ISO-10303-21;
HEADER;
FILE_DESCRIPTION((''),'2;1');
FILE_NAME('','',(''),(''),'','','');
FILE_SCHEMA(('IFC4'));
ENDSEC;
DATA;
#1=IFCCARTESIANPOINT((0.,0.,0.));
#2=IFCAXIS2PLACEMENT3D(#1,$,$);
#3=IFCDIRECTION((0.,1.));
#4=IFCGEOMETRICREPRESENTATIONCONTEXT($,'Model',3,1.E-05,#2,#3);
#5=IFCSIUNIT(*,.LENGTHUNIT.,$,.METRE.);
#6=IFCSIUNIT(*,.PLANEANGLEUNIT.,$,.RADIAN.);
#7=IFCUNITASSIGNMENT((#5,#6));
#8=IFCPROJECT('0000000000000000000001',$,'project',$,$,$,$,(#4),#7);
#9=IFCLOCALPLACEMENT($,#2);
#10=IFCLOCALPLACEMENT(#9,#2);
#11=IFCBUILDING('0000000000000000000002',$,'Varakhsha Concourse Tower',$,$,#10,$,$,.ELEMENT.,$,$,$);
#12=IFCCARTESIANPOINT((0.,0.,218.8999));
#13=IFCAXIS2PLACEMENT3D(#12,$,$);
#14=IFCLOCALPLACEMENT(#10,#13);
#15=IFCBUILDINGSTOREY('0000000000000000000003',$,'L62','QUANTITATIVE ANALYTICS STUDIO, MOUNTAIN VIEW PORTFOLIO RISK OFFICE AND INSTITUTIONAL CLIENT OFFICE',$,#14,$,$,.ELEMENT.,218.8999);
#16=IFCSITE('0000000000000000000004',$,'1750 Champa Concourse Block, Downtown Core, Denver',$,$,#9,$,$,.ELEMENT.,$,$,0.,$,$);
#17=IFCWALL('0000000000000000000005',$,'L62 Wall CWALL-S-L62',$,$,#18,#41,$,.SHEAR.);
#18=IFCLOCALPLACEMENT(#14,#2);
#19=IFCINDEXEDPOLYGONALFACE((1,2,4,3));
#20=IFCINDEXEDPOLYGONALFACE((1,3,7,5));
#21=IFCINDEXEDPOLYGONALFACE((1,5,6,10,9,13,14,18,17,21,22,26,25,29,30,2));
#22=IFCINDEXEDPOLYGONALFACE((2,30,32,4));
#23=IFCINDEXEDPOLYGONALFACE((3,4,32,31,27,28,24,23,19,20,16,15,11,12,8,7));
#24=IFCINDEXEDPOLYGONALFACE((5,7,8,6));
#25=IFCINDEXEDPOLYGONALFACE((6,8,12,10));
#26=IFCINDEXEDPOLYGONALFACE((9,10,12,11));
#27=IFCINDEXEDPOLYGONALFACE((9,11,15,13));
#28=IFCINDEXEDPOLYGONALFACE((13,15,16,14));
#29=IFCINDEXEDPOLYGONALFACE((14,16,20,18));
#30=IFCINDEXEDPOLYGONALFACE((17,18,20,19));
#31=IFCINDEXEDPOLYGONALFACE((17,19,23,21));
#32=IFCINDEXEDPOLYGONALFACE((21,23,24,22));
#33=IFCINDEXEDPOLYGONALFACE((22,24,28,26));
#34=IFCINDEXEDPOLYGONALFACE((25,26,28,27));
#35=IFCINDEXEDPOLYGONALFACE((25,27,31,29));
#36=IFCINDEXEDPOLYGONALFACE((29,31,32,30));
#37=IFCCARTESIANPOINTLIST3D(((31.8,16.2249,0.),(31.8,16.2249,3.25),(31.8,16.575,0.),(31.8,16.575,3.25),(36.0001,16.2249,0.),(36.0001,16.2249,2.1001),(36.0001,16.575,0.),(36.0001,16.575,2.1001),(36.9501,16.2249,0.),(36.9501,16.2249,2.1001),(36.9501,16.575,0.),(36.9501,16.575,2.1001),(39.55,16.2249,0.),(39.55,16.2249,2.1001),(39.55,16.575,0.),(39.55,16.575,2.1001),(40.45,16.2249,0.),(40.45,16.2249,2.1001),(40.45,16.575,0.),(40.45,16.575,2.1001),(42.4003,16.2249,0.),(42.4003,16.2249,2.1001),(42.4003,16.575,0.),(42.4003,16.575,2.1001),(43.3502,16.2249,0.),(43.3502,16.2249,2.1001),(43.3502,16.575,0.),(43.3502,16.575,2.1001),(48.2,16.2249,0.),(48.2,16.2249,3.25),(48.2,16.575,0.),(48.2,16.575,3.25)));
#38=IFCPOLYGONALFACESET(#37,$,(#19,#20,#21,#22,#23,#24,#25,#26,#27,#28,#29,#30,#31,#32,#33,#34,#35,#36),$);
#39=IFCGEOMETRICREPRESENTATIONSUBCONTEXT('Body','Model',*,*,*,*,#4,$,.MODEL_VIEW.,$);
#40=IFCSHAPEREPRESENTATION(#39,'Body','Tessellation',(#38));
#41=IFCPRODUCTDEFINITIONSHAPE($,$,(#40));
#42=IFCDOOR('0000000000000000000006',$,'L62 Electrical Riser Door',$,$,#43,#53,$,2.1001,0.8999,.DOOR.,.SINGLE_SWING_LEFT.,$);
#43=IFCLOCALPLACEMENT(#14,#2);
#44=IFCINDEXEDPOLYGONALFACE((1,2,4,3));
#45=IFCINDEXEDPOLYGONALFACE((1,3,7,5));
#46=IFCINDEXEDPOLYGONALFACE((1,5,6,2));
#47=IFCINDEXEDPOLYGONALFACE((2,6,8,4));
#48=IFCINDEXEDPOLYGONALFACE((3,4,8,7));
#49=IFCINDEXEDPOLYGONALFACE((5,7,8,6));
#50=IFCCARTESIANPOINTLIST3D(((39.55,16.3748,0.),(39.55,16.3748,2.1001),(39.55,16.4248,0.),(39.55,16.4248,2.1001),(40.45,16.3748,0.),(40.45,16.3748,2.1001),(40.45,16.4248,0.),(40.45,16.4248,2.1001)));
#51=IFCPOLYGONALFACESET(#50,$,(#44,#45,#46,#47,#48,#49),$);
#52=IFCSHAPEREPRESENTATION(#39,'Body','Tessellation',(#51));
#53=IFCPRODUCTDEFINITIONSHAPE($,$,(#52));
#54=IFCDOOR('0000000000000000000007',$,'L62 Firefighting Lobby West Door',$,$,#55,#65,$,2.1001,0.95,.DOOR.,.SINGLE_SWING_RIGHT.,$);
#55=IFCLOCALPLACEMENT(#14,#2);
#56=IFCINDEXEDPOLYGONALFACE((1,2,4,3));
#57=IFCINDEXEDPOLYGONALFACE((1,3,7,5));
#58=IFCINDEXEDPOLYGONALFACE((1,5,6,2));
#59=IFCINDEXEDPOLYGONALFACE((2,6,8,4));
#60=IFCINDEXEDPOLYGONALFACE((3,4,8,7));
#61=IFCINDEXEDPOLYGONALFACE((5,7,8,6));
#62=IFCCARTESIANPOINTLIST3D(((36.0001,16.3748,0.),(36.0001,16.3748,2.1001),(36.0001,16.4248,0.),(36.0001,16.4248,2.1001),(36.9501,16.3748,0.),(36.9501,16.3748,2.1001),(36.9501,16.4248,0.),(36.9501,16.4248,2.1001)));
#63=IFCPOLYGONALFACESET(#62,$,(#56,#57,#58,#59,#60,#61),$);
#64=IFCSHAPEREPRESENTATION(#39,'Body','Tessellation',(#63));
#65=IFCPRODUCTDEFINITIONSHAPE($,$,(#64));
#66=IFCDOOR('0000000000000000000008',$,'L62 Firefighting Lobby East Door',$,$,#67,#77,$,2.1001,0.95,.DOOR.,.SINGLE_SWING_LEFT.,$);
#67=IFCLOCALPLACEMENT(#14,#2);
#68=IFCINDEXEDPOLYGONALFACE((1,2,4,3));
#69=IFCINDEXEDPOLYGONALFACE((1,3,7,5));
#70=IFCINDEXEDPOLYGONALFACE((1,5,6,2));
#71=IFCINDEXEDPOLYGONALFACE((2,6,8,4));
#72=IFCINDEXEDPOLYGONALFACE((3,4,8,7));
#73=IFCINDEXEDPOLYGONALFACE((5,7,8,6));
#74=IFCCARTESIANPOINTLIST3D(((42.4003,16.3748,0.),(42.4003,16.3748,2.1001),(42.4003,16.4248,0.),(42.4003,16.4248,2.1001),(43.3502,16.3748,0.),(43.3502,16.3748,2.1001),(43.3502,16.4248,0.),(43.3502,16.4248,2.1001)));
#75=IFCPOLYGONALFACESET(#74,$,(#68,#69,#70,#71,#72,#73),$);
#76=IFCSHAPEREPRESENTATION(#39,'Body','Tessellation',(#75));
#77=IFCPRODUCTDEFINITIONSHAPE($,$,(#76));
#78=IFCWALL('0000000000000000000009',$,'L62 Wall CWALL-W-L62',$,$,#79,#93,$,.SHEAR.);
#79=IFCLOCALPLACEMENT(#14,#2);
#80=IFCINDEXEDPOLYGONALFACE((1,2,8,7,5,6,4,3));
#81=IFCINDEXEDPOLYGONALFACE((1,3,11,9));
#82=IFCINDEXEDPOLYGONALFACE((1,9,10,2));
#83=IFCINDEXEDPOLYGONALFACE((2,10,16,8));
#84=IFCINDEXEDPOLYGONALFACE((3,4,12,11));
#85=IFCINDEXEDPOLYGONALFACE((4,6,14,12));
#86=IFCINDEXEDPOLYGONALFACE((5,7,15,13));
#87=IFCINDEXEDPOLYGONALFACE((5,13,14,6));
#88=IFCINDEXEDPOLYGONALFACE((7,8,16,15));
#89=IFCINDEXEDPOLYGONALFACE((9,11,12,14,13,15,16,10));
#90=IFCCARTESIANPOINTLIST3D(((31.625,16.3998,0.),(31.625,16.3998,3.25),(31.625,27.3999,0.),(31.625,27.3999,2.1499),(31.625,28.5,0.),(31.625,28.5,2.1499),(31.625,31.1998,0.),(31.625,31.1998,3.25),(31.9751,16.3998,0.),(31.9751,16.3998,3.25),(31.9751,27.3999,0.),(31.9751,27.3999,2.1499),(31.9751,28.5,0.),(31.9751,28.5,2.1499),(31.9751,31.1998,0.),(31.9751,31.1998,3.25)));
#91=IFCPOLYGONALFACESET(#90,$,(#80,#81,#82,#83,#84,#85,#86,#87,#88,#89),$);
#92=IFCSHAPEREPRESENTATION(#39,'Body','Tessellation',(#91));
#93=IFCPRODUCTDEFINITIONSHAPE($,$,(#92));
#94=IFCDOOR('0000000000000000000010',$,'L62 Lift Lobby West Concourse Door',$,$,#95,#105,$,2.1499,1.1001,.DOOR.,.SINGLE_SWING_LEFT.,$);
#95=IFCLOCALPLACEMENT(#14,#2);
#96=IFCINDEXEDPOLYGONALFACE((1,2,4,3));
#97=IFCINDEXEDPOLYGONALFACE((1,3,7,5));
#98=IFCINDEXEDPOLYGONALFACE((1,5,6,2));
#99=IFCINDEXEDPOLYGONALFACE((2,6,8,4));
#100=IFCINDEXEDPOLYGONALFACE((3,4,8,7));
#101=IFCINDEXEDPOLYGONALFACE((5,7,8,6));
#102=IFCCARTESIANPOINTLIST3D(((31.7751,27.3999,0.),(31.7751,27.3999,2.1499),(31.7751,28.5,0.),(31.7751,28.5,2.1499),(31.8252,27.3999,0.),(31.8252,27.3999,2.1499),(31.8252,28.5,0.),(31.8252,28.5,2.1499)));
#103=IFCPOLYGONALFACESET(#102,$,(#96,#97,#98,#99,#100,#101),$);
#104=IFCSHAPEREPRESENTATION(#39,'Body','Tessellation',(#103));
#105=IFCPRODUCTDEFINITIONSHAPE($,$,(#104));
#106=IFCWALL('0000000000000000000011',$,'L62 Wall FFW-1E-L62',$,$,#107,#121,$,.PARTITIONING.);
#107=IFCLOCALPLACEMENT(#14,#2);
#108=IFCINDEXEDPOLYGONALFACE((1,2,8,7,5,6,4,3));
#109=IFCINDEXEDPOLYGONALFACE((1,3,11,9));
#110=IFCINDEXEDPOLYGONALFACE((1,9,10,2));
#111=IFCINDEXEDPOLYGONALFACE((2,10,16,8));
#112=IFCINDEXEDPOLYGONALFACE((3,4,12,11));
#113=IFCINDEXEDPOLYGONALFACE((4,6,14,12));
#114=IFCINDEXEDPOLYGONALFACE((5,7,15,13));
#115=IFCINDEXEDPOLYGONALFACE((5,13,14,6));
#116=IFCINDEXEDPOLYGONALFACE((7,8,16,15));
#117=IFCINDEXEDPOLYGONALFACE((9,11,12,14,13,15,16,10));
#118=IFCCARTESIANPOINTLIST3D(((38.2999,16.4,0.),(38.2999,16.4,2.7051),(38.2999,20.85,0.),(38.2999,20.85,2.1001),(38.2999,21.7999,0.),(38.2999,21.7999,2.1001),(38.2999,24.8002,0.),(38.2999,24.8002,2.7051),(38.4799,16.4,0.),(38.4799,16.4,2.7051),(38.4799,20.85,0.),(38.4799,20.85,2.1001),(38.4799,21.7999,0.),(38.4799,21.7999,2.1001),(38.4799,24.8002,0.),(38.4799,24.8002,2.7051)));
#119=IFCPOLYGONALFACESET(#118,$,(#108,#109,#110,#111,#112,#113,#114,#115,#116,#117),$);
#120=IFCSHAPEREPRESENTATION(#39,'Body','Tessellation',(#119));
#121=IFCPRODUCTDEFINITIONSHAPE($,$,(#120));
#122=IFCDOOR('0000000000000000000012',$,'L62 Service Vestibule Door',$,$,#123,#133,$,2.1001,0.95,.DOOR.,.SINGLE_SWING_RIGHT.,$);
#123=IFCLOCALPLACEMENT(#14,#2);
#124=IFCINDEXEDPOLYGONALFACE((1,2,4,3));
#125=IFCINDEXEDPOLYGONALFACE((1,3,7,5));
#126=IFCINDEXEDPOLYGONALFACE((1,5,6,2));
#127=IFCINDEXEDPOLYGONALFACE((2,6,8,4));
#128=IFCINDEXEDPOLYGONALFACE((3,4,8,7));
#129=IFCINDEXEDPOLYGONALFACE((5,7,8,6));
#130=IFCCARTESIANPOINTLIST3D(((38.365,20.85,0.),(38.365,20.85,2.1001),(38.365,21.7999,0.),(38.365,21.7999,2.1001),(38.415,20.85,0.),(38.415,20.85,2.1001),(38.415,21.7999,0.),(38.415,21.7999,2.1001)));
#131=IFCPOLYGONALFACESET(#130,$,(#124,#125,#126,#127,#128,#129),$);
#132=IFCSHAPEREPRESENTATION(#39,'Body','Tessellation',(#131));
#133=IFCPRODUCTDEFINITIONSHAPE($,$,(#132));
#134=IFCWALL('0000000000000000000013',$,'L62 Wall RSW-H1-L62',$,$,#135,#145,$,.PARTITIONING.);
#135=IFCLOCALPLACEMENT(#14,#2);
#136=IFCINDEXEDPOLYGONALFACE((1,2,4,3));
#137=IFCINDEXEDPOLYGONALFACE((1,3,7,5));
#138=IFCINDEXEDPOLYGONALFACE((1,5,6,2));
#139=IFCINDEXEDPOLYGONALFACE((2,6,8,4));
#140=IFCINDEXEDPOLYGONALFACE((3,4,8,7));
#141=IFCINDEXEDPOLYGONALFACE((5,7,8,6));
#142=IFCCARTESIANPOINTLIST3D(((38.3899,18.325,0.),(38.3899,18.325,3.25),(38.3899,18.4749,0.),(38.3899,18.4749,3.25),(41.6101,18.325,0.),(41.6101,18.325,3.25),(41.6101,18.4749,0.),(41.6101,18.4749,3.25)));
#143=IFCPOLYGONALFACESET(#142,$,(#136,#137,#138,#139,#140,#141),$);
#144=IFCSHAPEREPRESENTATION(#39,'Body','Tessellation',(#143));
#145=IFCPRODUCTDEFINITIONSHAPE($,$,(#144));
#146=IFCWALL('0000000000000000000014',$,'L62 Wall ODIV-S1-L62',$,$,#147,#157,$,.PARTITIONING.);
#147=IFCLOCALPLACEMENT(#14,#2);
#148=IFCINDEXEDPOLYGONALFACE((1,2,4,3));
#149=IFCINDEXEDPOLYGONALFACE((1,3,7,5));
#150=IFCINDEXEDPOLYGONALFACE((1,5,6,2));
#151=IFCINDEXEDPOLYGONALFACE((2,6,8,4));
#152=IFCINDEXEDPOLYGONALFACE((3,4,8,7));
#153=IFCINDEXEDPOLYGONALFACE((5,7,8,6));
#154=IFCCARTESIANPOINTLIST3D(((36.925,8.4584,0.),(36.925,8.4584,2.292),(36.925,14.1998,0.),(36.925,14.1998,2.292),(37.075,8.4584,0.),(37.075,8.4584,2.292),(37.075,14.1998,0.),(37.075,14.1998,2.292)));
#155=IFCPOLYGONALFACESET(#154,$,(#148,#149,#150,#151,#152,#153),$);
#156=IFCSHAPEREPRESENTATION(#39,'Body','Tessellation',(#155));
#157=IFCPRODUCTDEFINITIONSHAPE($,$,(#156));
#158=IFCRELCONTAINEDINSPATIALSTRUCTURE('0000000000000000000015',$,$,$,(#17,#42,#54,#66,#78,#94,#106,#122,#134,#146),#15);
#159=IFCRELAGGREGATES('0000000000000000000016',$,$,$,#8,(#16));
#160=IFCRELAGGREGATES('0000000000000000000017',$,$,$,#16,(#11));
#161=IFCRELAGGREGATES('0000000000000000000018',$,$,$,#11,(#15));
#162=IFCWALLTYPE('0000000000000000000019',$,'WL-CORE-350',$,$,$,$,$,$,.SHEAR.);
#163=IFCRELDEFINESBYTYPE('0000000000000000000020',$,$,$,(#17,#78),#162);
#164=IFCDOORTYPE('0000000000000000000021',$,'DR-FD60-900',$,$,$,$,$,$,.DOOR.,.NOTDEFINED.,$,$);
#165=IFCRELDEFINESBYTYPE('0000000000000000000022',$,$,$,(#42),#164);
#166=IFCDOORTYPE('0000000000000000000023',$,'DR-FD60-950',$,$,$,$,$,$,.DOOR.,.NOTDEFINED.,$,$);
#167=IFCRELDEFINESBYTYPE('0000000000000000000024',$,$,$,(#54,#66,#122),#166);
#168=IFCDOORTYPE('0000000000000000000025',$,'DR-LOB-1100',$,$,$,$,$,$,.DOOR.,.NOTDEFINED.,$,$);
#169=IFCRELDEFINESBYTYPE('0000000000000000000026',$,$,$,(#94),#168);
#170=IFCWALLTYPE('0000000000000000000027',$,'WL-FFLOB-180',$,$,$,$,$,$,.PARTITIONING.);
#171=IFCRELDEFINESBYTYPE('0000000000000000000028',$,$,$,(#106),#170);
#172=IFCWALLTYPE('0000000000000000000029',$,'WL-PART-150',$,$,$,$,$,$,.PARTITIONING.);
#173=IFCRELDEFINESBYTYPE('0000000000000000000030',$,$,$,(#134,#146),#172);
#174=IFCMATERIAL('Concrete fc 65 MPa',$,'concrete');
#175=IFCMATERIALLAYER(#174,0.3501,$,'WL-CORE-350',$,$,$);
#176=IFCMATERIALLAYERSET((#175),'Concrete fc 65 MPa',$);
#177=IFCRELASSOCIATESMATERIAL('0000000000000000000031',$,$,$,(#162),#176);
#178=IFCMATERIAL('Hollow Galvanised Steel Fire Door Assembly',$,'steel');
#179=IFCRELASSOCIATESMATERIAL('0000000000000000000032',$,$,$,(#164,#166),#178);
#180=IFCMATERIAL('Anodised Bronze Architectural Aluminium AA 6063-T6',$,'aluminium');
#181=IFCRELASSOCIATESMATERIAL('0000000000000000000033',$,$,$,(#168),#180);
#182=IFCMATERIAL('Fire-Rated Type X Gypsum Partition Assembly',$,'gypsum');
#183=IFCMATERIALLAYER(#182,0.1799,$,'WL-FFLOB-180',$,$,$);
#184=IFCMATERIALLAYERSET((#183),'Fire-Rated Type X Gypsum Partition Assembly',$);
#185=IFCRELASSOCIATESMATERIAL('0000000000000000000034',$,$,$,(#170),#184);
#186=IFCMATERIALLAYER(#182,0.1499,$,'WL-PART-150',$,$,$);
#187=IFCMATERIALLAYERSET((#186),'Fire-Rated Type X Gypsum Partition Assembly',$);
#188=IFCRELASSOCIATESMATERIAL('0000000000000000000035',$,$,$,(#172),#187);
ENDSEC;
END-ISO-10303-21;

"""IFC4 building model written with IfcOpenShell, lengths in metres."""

from ifc_helpers import new_model, si_unit, direction, frame, frame_2d, origin, place, context, subcontext, project, spatial, rectangle, extrude, material, layer, layer_set, type_object, element, fill, save


model = new_model("IFC4")

# Units and contexts
model_context = context("Model", 3, precision=1e-05, world=origin(), true_north=direction((0.0, 1.0)))
body_context = subcontext(model_context, "Body", "Model", "MODEL_VIEW")
ifc_project = project(units=[si_unit("LENGTHUNIT", "METRE"), si_unit("PLANEANGLEUNIT", "RADIAN")], contexts=[model_context])

# Site, building, storey
site_placement = place(None, origin())
site = spatial("IfcSite", under=ifc_project, at=site_placement, Name="1750 Champa Concourse Block, Downtown Core, Denver", CompositionType="ELEMENT", RefElevation=0.0)
building_placement = place(site_placement, origin())
building = spatial("IfcBuilding", under=site, at=building_placement, Name="Varakhsha Concourse Tower", CompositionType="ELEMENT")
storey_placement = place(building_placement, frame((0.0, 0.0, 218.8999)))
storey = spatial("IfcBuildingStorey", under=building, at=storey_placement, Name="L62", Description="QUANTITATIVE ANALYTICS STUDIO, MOUNTAIN VIEW PORTFOLIO RISK OFFICE AND INSTITUTIONAL CLIENT OFFICE", CompositionType="ELEMENT", Elevation=218.8999)

# Shared definitions
ifc_material_1 = material(Name="Anodised Bronze Architectural Aluminium AA 6063-T6", Category="aluminium")

# Wall, openings, doors
ifc_material_2 = material(Name="Concrete fc 65 MPa", Category="concrete")
ifc_layer_1 = layer(ifc_material_2, 0.3501, Name="WL-CORE-350")
ifc_layer_set_1 = layer_set([ifc_layer_1], Name="Concrete fc 65 MPa")
wall_type_1 = type_object("IfcWallType", Name="WL-CORE-350", PredefinedType="SHEAR", material=ifc_layer_set_1)
wall_1_placement = place(storey_placement, frame((31.8, 16.3999, 0.0), z_axis=(0.0, 0.0, 1.0), x_axis=(1.0, 0.0, 0.0)))
wall_1 = element("IfcWall", 1, at=wall_1_placement, inside=storey, type_object=wall_type_1, Name="L62 Wall CWALL-S-L62", PredefinedType="SHEAR", context=body_context, shape_type="SweptSolid", body=[
    extrude(rectangle(XDim=16.3999, YDim=0.3501, at=frame_2d((8.2, 0.0))), origin(), (0.0, 0.0, 1.0), 3.25),
])
opening_1_placement = place(wall_1_placement, frame((7.75, 0.0, 0.0)))
opening_1 = element("IfcOpeningElement", 2, at=opening_1_placement, cuts=wall_1, PredefinedType="OPENING", context=body_context, shape_type="SweptSolid", body=[
    extrude(rectangle(XDim=0.8999, YDim=2.1001, at=frame_2d((0.45, 1.05))), frame((0.0, 0.1851, 0.0), z_axis=(0.0, -1.0, 0.0), x_axis=(1.0, 0.0, 0.0)), (0.0, 0.0, 1.0), 0.3701),
])
opening_2_placement = place(wall_1_placement, frame((4.2, 0.0, 0.0)))
opening_2 = element("IfcOpeningElement", 3, at=opening_2_placement, cuts=wall_1, PredefinedType="OPENING", context=body_context, shape_type="SweptSolid", body=[
    extrude(rectangle(XDim=0.95, YDim=2.1001, at=frame_2d((0.4751, 1.05))), frame((0.0, 0.1851, 0.0), z_axis=(0.0, -1.0, 0.0), x_axis=(1.0, 0.0, 0.0)), (0.0, 0.0, 1.0), 0.3701),
])
opening_3_placement = place(wall_1_placement, frame((10.6001, 0.0, 0.0)))
opening_3 = element("IfcOpeningElement", 4, at=opening_3_placement, cuts=wall_1, PredefinedType="OPENING", context=body_context, shape_type="SweptSolid", body=[
    extrude(rectangle(XDim=0.95, YDim=2.1001, at=frame_2d((0.4751, 1.05))), frame((0.0, 0.1851, 0.0), z_axis=(0.0, -1.0, 0.0), x_axis=(1.0, 0.0, 0.0)), (0.0, 0.0, 1.0), 0.3701),
])
ifc_material_3 = material(Name="Hollow Galvanised Steel Fire Door Assembly", Category="steel")
door_type_1 = type_object("IfcDoorType", Name="DR-FD60-900", OperationType="NOTDEFINED", PredefinedType="DOOR", material=ifc_material_3)
door_1_placement = place(opening_1_placement, origin())
door_1 = element("IfcDoor", 5, at=door_1_placement, inside=storey, type_object=door_type_1, Name="L62 Electrical Riser Door", OperationType="SINGLE_SWING_LEFT", OverallHeight=2.1001, OverallWidth=0.8999, PredefinedType="DOOR", context=body_context, shape_type="SweptSolid", body=[
    extrude(rectangle(XDim=0.8999, YDim=2.1001, at=frame_2d((0.45, 1.05))), frame((0.0, 0.0249, 0.0), z_axis=(0.0, -1.0, 0.0), x_axis=(1.0, 0.0, 0.0)), (0.0, 0.0, 1.0), 0.05),
])
fill(opening_1, door_1)
door_type_2 = type_object("IfcDoorType", Name="DR-FD60-950", OperationType="NOTDEFINED", PredefinedType="DOOR", material=ifc_material_3)
door_2_placement = place(opening_2_placement, origin())
door_2 = element("IfcDoor", 6, at=door_2_placement, inside=storey, type_object=door_type_2, Name="L62 Firefighting Lobby West Door", OperationType="SINGLE_SWING_RIGHT", OverallHeight=2.1001, OverallWidth=0.95, PredefinedType="DOOR", context=body_context, shape_type="SweptSolid", body=[
    extrude(rectangle(XDim=0.95, YDim=2.1001, at=frame_2d((0.4751, 1.05))), frame((0.0, 0.0249, 0.0), z_axis=(0.0, -1.0, 0.0), x_axis=(1.0, 0.0, 0.0)), (0.0, 0.0, 1.0), 0.05),
])
fill(opening_2, door_2)
door_3_placement = place(opening_3_placement, origin())
door_3 = element("IfcDoor", 7, at=door_3_placement, inside=storey, type_object=door_type_2, Name="L62 Firefighting Lobby East Door", OperationType="SINGLE_SWING_LEFT", OverallHeight=2.1001, OverallWidth=0.95, PredefinedType="DOOR", context=body_context, shape_type="SweptSolid", body=[
    extrude(rectangle(XDim=0.95, YDim=2.1001, at=frame_2d((0.4751, 1.05))), frame((0.0, 0.0249, 0.0), z_axis=(0.0, -1.0, 0.0), x_axis=(1.0, 0.0, 0.0)), (0.0, 0.0, 1.0), 0.05),
])
fill(opening_3, door_3)

# Walls, openings, doors
wall_2_placement = place(storey_placement, frame((31.8, 16.3999, 0.0), z_axis=(0.0, 0.0, 1.0), x_axis=(0.0, 1.0, 0.0)))
wall_2 = element("IfcWall", 8, at=wall_2_placement, inside=storey, type_object=wall_type_1, Name="L62 Wall CWALL-W-L62", PredefinedType="SHEAR", context=body_context, shape_type="SweptSolid", body=[
    extrude(rectangle(XDim=14.8, YDim=0.3501, at=frame_2d((7.3999, 0.0))), origin(), (0.0, 0.0, 1.0), 3.25),
])
opening_4_placement = place(wall_2_placement, frame((11.0, 0.0, 0.0)))
opening_4 = element("IfcOpeningElement", 9, at=opening_4_placement, cuts=wall_2, PredefinedType="OPENING", context=body_context, shape_type="SweptSolid", body=[
    extrude(rectangle(XDim=1.1001, YDim=2.1499, at=frame_2d((0.55, 1.075))), frame((0.0, 0.1851, 0.0), z_axis=(0.0, -1.0, 0.0), x_axis=(1.0, 0.0, 0.0)), (0.0, 0.0, 1.0), 0.3701),
])
door_type_3 = type_object("IfcDoorType", Name="DR-LOB-1100", OperationType="NOTDEFINED", PredefinedType="DOOR", material=ifc_material_1)
door_4_placement = place(opening_4_placement, origin())
door_4 = element("IfcDoor", 10, at=door_4_placement, inside=storey, type_object=door_type_3, Name="L62 Lift Lobby West Concourse Door", OperationType="SINGLE_SWING_LEFT", OverallHeight=2.1499, OverallWidth=1.1001, PredefinedType="DOOR", context=body_context, shape_type="SweptSolid", body=[
    extrude(rectangle(XDim=1.1001, YDim=2.1499, at=frame_2d((0.55, 1.075))), frame((0.0, 0.0249, 0.0), z_axis=(0.0, -1.0, 0.0), x_axis=(1.0, 0.0, 0.0)), (0.0, 0.0, 1.0), 0.05),
])
fill(opening_4, door_4)
ifc_material_4 = material(Name="Fire-Rated Type X Gypsum Partition Assembly", Category="gypsum")
ifc_layer_2 = layer(ifc_material_4, 0.1799, Name="WL-FFLOB-180")
ifc_layer_set_2 = layer_set([ifc_layer_2], Name="Fire-Rated Type X Gypsum Partition Assembly")
wall_type_2 = type_object("IfcWallType", Name="WL-FFLOB-180", PredefinedType="PARTITIONING", material=ifc_layer_set_2)
wall_3_placement = place(storey_placement, frame((38.3899, 16.3999, 0.0), z_axis=(0.0, 0.0, 1.0), x_axis=(0.0, 1.0, 0.0)))
wall_3 = element("IfcWall", 11, at=wall_3_placement, inside=storey, type_object=wall_type_2, Name="L62 Wall FFW-1E-L62", PredefinedType="PARTITIONING", context=body_context, shape_type="SweptSolid", body=[
    extrude(rectangle(XDim=8.4001, YDim=0.1799, at=frame_2d((4.2002, 0.0))), origin(), (0.0, 0.0, 1.0), 2.7051),
])
opening_5_placement = place(wall_3_placement, frame((4.45, 0.0, 0.0)))
opening_5 = element("IfcOpeningElement", 12, at=opening_5_placement, cuts=wall_3, PredefinedType="OPENING", context=body_context, shape_type="SweptSolid", body=[
    extrude(rectangle(XDim=0.95, YDim=2.1001, at=frame_2d((0.4751, 1.05))), frame((0.0, 0.0999, 0.0), z_axis=(0.0, -1.0, 0.0), x_axis=(1.0, 0.0, 0.0)), (0.0, 0.0, 1.0), 0.2),
])
door_5_placement = place(opening_5_placement, origin())
door_5 = element("IfcDoor", 13, at=door_5_placement, inside=storey, type_object=door_type_2, Name="L62 Service Vestibule Door", OperationType="SINGLE_SWING_RIGHT", OverallHeight=2.1001, OverallWidth=0.95, PredefinedType="DOOR", context=body_context, shape_type="SweptSolid", body=[
    extrude(rectangle(XDim=0.95, YDim=2.1001, at=frame_2d((0.4751, 1.05))), frame((0.0, 0.0249, 0.0), z_axis=(0.0, -1.0, 0.0), x_axis=(1.0, 0.0, 0.0)), (0.0, 0.0, 1.0), 0.05),
])
fill(opening_5, door_5)

# Walls
ifc_layer_3 = layer(ifc_material_4, 0.1499, Name="WL-PART-150")
ifc_layer_set_3 = layer_set([ifc_layer_3], Name="Fire-Rated Type X Gypsum Partition Assembly")
wall_type_3 = type_object("IfcWallType", Name="WL-PART-150", PredefinedType="PARTITIONING", material=ifc_layer_set_3)
wall_4_placement = place(storey_placement, frame((38.3899, 18.3999, 0.0), z_axis=(0.0, 0.0, 1.0), x_axis=(1.0, 0.0, 0.0)))
element("IfcWall", 14, at=wall_4_placement, inside=storey, type_object=wall_type_3, Name="L62 Wall RSW-H1-L62", PredefinedType="PARTITIONING", context=body_context, shape_type="SweptSolid", body=[
    extrude(rectangle(XDim=3.2202, YDim=0.1499, at=frame_2d((1.6101, 0.0))), origin(), (0.0, 0.0, 1.0), 3.25),
])
wall_5_placement = place(storey_placement, frame((37.0, 8.4585, 0.0), z_axis=(0.0, 0.0, 1.0), x_axis=(0.0, 1.0, 0.0)))
element("IfcWall", 15, at=wall_5_placement, inside=storey, type_object=wall_type_3, Name="L62 Wall ODIV-S1-L62", PredefinedType="PARTITIONING", context=body_context, shape_type="SweptSolid", body=[
    extrude(rectangle(XDim=5.7415, YDim=0.1499, at=frame_2d((2.8706, 0.0))), origin(), (0.0, 0.0, 1.0), 2.292),
])

save(model, "model.ifc")
